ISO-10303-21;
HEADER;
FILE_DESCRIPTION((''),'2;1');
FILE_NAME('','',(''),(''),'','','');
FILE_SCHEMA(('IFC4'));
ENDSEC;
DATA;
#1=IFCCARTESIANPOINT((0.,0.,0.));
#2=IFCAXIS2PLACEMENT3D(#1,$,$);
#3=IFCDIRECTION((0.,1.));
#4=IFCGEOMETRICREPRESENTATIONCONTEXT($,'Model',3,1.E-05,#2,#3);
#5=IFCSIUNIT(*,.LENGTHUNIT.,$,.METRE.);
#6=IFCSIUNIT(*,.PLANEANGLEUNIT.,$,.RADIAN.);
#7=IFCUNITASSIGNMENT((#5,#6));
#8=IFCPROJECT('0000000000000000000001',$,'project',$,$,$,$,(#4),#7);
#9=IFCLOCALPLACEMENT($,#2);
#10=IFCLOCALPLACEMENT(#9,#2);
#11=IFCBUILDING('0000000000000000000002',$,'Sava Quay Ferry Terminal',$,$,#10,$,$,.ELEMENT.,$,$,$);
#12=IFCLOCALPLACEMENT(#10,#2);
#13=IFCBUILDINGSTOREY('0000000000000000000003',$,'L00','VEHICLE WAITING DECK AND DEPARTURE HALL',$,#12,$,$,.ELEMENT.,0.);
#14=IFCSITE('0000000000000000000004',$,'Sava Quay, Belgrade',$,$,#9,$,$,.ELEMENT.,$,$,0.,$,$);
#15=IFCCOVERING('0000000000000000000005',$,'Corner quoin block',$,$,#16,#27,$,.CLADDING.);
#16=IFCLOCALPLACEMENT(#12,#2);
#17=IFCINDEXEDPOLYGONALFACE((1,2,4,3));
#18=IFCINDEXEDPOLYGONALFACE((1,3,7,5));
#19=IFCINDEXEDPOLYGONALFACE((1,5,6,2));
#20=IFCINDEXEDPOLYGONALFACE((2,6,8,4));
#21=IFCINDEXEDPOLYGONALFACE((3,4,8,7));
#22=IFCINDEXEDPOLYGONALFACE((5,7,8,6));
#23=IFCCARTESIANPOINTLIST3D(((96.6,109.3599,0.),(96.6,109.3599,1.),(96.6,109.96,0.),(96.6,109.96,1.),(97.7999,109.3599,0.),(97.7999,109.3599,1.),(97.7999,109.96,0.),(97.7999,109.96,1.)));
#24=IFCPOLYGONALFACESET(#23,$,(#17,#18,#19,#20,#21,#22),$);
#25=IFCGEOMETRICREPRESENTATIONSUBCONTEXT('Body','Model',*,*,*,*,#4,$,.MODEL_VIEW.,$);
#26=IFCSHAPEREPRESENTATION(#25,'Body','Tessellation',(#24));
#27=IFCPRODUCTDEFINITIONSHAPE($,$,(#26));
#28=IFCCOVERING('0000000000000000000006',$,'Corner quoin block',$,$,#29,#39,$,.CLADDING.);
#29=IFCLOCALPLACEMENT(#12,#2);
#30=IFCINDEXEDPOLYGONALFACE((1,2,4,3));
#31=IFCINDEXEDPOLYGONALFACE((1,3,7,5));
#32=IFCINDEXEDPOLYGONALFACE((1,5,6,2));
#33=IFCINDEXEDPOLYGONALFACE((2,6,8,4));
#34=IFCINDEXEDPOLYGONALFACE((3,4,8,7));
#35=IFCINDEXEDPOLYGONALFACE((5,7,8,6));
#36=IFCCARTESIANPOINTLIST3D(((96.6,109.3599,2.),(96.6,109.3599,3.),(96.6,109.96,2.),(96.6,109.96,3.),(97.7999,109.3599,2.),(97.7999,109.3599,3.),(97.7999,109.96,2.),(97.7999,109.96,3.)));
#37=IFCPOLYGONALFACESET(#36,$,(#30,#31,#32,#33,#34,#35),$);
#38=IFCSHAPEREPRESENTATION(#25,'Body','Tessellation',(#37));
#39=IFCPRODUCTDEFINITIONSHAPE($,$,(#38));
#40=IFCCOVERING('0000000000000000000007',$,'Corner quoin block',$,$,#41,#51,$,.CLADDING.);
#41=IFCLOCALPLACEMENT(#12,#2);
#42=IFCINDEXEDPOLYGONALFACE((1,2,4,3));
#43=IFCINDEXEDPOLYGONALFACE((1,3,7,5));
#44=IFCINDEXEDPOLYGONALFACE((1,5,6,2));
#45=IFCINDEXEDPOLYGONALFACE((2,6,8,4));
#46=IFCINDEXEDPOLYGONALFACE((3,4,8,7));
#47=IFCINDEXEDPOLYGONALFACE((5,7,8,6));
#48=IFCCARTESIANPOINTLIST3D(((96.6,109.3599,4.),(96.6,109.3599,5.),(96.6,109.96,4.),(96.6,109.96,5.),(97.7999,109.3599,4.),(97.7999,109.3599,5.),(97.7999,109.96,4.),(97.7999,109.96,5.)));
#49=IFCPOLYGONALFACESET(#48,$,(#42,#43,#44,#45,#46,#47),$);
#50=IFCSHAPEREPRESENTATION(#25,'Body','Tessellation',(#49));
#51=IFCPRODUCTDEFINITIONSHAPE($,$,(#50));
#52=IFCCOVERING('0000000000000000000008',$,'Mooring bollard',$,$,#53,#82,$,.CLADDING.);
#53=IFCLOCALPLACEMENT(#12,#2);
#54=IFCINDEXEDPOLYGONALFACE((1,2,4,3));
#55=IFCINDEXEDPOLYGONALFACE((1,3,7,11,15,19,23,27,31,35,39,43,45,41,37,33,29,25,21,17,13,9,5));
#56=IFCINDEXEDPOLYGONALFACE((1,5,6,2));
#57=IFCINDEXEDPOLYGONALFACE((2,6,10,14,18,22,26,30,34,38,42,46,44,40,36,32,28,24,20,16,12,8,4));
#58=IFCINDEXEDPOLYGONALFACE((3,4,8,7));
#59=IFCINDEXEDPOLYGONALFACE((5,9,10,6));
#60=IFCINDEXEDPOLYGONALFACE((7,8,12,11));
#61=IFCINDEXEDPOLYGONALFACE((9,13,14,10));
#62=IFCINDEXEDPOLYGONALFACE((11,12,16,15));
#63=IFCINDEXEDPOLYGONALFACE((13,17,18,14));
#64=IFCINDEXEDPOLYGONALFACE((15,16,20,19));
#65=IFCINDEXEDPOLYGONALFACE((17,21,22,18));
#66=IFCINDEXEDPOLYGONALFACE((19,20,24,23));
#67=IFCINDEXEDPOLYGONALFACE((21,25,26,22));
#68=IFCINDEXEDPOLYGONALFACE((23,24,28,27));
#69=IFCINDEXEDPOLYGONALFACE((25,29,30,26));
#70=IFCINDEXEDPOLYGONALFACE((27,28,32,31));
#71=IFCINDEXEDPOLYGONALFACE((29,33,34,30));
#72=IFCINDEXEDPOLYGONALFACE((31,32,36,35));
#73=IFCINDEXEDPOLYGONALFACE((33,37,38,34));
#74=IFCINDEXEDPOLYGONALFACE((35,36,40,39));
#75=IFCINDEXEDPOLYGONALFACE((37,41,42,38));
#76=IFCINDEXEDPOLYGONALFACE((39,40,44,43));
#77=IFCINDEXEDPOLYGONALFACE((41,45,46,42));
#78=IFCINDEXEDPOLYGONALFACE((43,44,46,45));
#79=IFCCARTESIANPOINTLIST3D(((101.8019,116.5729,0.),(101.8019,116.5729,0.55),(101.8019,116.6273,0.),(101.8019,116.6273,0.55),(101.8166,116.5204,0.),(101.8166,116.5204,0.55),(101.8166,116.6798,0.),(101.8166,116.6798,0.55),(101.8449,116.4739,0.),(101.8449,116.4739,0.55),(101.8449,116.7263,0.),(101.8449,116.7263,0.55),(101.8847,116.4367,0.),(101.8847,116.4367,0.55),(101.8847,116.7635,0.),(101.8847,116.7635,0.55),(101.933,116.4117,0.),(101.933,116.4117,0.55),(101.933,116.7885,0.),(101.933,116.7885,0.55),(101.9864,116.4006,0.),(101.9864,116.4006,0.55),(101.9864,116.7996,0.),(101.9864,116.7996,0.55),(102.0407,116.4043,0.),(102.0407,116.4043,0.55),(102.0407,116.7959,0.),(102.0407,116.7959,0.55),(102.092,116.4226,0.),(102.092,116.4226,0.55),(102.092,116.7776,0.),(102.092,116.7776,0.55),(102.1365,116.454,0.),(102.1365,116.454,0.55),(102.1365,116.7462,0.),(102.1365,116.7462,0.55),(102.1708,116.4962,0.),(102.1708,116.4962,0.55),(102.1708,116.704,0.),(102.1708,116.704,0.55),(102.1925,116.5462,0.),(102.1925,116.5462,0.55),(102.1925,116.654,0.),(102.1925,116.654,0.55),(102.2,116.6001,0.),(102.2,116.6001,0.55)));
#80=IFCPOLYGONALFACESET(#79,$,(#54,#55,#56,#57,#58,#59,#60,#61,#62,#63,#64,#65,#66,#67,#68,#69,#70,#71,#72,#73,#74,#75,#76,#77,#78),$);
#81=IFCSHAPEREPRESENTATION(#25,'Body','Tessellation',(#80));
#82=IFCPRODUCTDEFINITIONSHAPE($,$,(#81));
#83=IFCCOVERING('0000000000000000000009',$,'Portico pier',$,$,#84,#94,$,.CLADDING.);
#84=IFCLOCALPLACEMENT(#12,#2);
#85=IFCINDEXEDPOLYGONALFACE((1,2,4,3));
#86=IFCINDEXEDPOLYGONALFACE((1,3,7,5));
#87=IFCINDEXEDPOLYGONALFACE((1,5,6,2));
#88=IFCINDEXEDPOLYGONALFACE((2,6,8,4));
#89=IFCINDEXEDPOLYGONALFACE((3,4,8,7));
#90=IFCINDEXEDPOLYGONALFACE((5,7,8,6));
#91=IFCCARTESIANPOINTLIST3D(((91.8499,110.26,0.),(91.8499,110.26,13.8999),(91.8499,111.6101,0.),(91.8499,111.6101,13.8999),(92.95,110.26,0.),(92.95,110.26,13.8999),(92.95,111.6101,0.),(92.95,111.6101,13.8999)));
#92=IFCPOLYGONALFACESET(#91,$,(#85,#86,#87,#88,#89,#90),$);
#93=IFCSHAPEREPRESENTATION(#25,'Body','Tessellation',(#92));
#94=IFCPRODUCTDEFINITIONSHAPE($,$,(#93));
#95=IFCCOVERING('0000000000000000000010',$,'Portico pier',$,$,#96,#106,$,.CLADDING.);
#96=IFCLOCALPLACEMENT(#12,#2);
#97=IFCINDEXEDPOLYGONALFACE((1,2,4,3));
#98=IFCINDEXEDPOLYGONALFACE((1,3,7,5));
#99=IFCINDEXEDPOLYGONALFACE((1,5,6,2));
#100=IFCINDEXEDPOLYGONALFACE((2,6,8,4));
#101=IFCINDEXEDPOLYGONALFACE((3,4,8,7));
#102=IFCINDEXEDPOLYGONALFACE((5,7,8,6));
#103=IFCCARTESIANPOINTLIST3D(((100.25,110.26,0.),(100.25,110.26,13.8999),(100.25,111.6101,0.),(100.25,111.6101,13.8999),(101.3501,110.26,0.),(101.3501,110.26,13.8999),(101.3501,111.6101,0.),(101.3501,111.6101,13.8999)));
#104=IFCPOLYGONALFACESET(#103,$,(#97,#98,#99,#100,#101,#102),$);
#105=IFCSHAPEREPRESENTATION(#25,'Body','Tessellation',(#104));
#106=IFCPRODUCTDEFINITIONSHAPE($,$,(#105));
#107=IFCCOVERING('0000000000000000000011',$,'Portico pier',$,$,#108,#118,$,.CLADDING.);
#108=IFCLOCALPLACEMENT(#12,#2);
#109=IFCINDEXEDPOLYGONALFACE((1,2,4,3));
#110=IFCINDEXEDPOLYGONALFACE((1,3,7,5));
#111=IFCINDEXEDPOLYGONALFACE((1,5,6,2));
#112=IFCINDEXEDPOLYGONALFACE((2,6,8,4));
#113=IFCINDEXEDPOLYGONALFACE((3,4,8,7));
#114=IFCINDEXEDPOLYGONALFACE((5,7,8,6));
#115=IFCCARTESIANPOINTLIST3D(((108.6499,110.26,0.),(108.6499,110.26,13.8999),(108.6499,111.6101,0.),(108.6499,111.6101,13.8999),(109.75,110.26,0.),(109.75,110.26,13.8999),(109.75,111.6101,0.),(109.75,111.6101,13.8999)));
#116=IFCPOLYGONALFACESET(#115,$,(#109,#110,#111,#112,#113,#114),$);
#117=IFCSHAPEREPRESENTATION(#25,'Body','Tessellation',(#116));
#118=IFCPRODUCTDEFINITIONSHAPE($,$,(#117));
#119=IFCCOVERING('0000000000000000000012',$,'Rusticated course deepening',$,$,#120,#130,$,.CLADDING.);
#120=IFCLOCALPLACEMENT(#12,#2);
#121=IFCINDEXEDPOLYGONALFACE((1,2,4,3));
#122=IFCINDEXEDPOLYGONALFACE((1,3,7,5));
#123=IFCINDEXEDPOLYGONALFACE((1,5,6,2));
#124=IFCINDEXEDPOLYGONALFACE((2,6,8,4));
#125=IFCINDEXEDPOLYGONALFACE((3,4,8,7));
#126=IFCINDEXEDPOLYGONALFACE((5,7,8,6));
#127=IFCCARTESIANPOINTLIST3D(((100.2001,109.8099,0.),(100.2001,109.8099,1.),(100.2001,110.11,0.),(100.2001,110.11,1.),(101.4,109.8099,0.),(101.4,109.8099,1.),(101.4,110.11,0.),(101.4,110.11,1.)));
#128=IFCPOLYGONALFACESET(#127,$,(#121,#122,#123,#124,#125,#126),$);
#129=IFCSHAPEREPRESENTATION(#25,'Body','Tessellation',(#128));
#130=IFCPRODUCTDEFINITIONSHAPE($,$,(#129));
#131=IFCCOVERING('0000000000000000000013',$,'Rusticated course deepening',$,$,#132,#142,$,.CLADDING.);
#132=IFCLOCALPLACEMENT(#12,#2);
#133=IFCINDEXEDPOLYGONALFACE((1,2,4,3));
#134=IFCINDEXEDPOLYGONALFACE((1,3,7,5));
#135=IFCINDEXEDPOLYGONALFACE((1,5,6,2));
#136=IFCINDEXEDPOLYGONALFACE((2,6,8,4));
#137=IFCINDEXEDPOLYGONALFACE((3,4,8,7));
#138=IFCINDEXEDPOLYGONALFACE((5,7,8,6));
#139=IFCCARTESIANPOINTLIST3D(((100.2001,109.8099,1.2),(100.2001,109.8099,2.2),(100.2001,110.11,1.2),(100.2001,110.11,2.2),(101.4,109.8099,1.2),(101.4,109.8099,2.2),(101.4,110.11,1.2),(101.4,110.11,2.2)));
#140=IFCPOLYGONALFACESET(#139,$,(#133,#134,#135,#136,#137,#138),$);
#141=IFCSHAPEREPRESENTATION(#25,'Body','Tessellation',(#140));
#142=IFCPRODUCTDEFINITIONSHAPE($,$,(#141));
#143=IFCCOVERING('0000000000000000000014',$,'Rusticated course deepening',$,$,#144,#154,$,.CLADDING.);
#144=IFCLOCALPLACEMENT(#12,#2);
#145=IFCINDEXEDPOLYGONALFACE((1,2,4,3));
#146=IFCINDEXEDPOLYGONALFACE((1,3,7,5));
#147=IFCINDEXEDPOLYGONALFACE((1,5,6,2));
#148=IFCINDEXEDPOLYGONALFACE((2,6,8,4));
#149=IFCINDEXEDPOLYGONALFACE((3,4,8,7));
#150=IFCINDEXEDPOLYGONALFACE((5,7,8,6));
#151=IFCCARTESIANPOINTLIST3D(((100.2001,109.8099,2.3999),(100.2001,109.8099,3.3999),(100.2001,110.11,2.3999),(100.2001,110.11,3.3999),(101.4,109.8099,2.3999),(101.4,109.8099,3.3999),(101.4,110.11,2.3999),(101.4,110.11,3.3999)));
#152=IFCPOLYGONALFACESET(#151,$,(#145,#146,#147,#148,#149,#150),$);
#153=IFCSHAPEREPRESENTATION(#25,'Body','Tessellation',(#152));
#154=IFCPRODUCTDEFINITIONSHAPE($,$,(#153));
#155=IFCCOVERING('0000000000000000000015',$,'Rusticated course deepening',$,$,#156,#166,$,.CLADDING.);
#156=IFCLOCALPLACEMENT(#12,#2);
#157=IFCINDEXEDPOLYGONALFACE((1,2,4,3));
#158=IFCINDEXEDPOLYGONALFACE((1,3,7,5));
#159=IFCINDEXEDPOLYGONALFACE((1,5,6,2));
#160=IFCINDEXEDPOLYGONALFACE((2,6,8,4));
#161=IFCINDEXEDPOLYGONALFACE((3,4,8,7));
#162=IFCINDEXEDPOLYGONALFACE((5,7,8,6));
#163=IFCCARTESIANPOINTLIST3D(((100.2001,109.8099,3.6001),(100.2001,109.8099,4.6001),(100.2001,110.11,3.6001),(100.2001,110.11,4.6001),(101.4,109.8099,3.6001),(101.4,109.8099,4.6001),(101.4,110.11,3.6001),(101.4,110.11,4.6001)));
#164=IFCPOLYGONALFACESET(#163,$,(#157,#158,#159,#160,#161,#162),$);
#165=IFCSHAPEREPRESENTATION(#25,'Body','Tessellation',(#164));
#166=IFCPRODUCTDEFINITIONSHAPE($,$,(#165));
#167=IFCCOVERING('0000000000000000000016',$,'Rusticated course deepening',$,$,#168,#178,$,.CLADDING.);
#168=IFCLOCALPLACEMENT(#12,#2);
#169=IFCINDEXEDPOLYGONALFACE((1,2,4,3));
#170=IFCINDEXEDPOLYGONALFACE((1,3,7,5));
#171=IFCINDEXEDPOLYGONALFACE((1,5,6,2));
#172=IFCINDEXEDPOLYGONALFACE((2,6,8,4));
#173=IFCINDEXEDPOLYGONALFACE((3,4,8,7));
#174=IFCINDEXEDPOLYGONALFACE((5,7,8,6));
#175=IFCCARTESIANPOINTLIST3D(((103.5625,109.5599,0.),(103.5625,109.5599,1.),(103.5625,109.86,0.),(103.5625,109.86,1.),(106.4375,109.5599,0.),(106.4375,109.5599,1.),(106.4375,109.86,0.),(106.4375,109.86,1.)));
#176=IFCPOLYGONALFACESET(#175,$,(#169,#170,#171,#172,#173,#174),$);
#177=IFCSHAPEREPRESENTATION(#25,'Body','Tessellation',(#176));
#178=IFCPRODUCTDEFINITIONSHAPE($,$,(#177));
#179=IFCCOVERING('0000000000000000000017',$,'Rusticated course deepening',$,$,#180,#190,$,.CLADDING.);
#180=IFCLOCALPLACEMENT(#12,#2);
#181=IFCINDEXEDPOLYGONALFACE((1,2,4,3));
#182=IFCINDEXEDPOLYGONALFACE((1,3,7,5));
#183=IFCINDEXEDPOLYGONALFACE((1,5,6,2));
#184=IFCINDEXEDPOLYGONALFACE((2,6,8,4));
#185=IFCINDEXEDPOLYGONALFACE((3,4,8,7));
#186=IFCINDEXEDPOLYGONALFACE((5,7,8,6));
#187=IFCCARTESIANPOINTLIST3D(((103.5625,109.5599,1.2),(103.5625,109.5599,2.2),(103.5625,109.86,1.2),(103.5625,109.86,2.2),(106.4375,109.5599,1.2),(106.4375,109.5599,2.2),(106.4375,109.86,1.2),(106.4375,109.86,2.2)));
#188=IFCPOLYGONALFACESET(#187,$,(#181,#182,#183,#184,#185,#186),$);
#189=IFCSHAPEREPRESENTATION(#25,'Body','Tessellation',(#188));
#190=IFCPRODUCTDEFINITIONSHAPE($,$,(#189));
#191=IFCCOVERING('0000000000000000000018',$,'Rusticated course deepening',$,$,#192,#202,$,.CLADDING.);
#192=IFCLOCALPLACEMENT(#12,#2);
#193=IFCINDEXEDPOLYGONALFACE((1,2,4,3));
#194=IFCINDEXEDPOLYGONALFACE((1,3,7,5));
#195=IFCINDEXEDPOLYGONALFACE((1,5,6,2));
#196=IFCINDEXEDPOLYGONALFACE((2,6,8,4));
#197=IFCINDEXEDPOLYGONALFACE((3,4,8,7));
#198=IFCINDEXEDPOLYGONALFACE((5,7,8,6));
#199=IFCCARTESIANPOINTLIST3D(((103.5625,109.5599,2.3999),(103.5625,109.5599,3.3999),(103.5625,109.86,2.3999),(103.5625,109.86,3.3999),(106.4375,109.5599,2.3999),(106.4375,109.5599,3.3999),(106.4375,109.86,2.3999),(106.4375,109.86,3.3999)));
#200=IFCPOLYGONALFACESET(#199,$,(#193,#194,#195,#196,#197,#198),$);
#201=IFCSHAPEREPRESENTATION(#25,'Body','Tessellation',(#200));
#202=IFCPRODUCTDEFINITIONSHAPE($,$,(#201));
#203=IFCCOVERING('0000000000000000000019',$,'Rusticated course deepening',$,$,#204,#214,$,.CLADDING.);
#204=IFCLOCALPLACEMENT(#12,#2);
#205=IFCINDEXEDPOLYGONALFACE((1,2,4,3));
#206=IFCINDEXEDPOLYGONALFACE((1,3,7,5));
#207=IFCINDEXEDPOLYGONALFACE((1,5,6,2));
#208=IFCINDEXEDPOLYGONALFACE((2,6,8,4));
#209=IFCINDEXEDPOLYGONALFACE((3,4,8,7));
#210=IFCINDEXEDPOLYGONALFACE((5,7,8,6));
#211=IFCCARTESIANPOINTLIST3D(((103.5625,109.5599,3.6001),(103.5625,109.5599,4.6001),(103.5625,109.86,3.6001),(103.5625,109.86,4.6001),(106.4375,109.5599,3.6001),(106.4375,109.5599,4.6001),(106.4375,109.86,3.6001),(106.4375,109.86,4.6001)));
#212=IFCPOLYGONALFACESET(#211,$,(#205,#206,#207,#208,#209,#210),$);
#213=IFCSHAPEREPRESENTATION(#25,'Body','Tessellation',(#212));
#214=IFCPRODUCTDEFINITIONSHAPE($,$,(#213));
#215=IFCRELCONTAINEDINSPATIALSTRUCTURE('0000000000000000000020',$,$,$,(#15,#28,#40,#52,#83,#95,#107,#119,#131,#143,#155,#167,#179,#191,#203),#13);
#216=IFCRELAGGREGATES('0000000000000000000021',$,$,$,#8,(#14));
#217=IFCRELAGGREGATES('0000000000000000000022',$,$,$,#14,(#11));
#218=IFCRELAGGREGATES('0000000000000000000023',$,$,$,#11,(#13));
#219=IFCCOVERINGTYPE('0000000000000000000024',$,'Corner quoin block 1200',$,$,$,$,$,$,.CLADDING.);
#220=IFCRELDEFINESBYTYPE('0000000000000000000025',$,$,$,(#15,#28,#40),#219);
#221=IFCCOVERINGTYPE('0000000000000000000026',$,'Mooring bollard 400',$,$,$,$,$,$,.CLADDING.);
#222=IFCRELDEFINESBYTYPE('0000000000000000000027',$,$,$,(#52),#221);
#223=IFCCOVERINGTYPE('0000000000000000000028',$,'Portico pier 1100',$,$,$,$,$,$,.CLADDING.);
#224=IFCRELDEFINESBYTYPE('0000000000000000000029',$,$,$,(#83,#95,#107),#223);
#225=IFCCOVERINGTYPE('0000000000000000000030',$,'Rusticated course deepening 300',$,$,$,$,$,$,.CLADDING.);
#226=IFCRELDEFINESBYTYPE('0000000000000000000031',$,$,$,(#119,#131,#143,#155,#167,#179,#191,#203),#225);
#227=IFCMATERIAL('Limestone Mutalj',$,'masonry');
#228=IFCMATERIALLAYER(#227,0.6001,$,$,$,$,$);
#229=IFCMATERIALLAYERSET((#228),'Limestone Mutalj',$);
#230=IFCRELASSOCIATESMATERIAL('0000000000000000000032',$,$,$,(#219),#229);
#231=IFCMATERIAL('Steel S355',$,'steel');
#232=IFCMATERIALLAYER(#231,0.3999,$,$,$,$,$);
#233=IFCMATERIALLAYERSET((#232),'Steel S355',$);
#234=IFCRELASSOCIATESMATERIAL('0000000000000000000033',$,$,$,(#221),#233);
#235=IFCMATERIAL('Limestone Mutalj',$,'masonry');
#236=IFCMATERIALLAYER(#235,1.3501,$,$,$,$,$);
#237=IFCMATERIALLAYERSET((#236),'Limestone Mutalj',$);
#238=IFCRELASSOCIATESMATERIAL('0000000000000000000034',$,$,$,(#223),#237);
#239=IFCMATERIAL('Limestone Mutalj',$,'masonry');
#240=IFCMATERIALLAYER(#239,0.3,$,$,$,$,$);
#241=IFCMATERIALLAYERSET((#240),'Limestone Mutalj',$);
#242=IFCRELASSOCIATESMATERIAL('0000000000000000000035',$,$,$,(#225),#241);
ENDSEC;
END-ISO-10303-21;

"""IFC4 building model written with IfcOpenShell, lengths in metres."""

from ifc_helpers import new_model, si_unit, direction, frame, origin, origin_2d, place, context, subcontext, project, spatial, rectangle, circle, extrude, material, layer, layer_set, type_object, element, save


model = new_model("IFC4")

# Units and contexts
model_context = context("Model", 3, precision=1e-05, world=origin(), true_north=direction((0.0, 1.0)))
body_context = subcontext(model_context, "Body", "Model", "MODEL_VIEW")
ifc_project = project(units=[si_unit("LENGTHUNIT", "METRE"), si_unit("PLANEANGLEUNIT", "RADIAN")], contexts=[model_context])

# Site, building, storey
site_placement = place(None, origin())
site = spatial("IfcSite", under=ifc_project, at=site_placement, Name="Sava Quay, Belgrade", CompositionType="ELEMENT", RefElevation=0.0)
building_placement = place(site_placement, origin())
building = spatial("IfcBuilding", under=site, at=building_placement, Name="Sava Quay Ferry Terminal", CompositionType="ELEMENT")
storey_placement = place(building_placement, origin())
storey = spatial("IfcBuildingStorey", under=building, at=storey_placement, Name="L00", Description="VEHICLE WAITING DECK AND DEPARTURE HALL", CompositionType="ELEMENT", Elevation=0.0)

# Coverings
ifc_material_1 = material(Name="Limestone Mutalj", Category="masonry")
ifc_layer_1 = layer(ifc_material_1, 0.6001)
ifc_layer_set_1 = layer_set([ifc_layer_1], Name="Limestone Mutalj")
covering_type_1 = type_object("IfcCoveringType", Name="Corner quoin block 1200", PredefinedType="CLADDING", material=ifc_layer_set_1)
for number, where, z_axis, x_axis, name in (
    (1, (97.2, 109.6599, 0.0), (0.0, 0.0, 1.0), (1.0, 0.0, 0.0), "Corner quoin block"),
    (2, (97.2, 109.6599, 2.0), (0.0, 0.0, 1.0), (1.0, 0.0, 0.0), "Corner quoin block"),
    (3, (97.2, 109.6599, 4.0), (0.0, 0.0, 1.0), (1.0, 0.0, 0.0), "Corner quoin block"),
):
    element("IfcCovering", number, at=place(storey_placement, frame(where, z_axis=z_axis, x_axis=x_axis)), inside=storey, type_object=covering_type_1, Name=name, PredefinedType="CLADDING", context=body_context, shape_type="SweptSolid", body=[
        extrude(rectangle(XDim=1.2, YDim=0.6001, at=origin_2d()), origin(), (0.0, 0.0, 1.0), 1.0),
    ])
ifc_material_2 = material(Name="Steel S355", Category="steel")
ifc_layer_2 = layer(ifc_material_2, 0.3999)
ifc_layer_set_2 = layer_set([ifc_layer_2], Name="Steel S355")
covering_type_2 = type_object("IfcCoveringType", Name="Mooring bollard 400", PredefinedType="CLADDING", material=ifc_layer_set_2)
covering_1_placement = place(storey_placement, frame((102.0, 116.6001, 0.55), z_axis=(0.0, 0.0, -1.0), x_axis=(1.0, 0.0, 0.0)))
element("IfcCovering", 4, at=covering_1_placement, inside=storey, type_object=covering_type_2, Name="Mooring bollard", PredefinedType="CLADDING", context=body_context, shape_type="SweptSolid", body=[
    extrude(circle(Radius=0.2, at=origin_2d()), origin(), (0.0, 0.0, 1.0), 0.55),
])
ifc_material_3 = material(Name="Limestone Mutalj", Category="masonry")
ifc_layer_3 = layer(ifc_material_3, 1.3501)
ifc_layer_set_3 = layer_set([ifc_layer_3], Name="Limestone Mutalj")
covering_type_3 = type_object("IfcCoveringType", Name="Portico pier 1100", PredefinedType="CLADDING", material=ifc_layer_set_3)
for number, where, z_axis, x_axis, name in (
    (5, (92.3999, 110.9351, 0.0), (0.0, 0.0, 1.0), (1.0, 0.0, 0.0), "Portico pier"),
    (6, (100.8, 110.9351, 0.0), (0.0, 0.0, 1.0), (1.0, 0.0, 0.0), "Portico pier"),
    (7, (109.2, 110.9351, 0.0), (0.0, 0.0, 1.0), (1.0, 0.0, 0.0), "Portico pier"),
):
    element("IfcCovering", number, at=place(storey_placement, frame(where, z_axis=z_axis, x_axis=x_axis)), inside=storey, type_object=covering_type_3, Name=name, PredefinedType="CLADDING", context=body_context, shape_type="SweptSolid", body=[
        extrude(rectangle(XDim=1.1001, YDim=1.3501, at=origin_2d()), origin(), (0.0, 0.0, 1.0), 13.8999),
    ])
ifc_material_4 = material(Name="Limestone Mutalj", Category="masonry")
ifc_layer_4 = layer(ifc_material_4, 0.3)
ifc_layer_set_4 = layer_set([ifc_layer_4], Name="Limestone Mutalj")
covering_type_4 = type_object("IfcCoveringType", Name="Rusticated course deepening 300", PredefinedType="CLADDING", material=ifc_layer_set_4)
for number, where, z_axis, x_axis, name in (
    (8, (100.8, 109.96, 0.0), (0.0, 0.0, 1.0), (1.0, 0.0, 0.0), "Rusticated course deepening"),
    (9, (100.8, 109.96, 1.2), (0.0, 0.0, 1.0), (1.0, 0.0, 0.0), "Rusticated course deepening"),
    (10, (100.8, 109.96, 2.3999), (0.0, 0.0, 1.0), (1.0, 0.0, 0.0), "Rusticated course deepening"),
    (11, (100.8, 109.96, 3.6001), (0.0, 0.0, 1.0), (1.0, 0.0, 0.0), "Rusticated course deepening"),
):
    element("IfcCovering", number, at=place(storey_placement, frame(where, z_axis=z_axis, x_axis=x_axis)), inside=storey, type_object=covering_type_4, Name=name, PredefinedType="CLADDING", context=body_context, shape_type="SweptSolid", body=[
        extrude(rectangle(XDim=1.2, YDim=0.3, at=origin_2d()), origin(), (0.0, 0.0, 1.0), 1.0),
    ])
for number, where, z_axis, x_axis, name in (
    (12, (105.0, 109.71, 0.0), (0.0, 0.0, 1.0), (1.0, 0.0, 0.0), "Rusticated course deepening"),
    (13, (105.0, 109.71, 1.2), (0.0, 0.0, 1.0), (1.0, 0.0, 0.0), "Rusticated course deepening"),
    (14, (105.0, 109.71, 2.3999), (0.0, 0.0, 1.0), (1.0, 0.0, 0.0), "Rusticated course deepening"),
    (15, (105.0, 109.71, 3.6001), (0.0, 0.0, 1.0), (1.0, 0.0, 0.0), "Rusticated course deepening"),
):
    element("IfcCovering", number, at=place(storey_placement, frame(where, z_axis=z_axis, x_axis=x_axis)), inside=storey, type_object=covering_type_4, Name=name, PredefinedType="CLADDING", context=body_context, shape_type="SweptSolid", body=[
        extrude(rectangle(XDim=2.875, YDim=0.3, at=origin_2d()), origin(), (0.0, 0.0, 1.0), 1.0),
    ])

save(model, "model.ifc")
